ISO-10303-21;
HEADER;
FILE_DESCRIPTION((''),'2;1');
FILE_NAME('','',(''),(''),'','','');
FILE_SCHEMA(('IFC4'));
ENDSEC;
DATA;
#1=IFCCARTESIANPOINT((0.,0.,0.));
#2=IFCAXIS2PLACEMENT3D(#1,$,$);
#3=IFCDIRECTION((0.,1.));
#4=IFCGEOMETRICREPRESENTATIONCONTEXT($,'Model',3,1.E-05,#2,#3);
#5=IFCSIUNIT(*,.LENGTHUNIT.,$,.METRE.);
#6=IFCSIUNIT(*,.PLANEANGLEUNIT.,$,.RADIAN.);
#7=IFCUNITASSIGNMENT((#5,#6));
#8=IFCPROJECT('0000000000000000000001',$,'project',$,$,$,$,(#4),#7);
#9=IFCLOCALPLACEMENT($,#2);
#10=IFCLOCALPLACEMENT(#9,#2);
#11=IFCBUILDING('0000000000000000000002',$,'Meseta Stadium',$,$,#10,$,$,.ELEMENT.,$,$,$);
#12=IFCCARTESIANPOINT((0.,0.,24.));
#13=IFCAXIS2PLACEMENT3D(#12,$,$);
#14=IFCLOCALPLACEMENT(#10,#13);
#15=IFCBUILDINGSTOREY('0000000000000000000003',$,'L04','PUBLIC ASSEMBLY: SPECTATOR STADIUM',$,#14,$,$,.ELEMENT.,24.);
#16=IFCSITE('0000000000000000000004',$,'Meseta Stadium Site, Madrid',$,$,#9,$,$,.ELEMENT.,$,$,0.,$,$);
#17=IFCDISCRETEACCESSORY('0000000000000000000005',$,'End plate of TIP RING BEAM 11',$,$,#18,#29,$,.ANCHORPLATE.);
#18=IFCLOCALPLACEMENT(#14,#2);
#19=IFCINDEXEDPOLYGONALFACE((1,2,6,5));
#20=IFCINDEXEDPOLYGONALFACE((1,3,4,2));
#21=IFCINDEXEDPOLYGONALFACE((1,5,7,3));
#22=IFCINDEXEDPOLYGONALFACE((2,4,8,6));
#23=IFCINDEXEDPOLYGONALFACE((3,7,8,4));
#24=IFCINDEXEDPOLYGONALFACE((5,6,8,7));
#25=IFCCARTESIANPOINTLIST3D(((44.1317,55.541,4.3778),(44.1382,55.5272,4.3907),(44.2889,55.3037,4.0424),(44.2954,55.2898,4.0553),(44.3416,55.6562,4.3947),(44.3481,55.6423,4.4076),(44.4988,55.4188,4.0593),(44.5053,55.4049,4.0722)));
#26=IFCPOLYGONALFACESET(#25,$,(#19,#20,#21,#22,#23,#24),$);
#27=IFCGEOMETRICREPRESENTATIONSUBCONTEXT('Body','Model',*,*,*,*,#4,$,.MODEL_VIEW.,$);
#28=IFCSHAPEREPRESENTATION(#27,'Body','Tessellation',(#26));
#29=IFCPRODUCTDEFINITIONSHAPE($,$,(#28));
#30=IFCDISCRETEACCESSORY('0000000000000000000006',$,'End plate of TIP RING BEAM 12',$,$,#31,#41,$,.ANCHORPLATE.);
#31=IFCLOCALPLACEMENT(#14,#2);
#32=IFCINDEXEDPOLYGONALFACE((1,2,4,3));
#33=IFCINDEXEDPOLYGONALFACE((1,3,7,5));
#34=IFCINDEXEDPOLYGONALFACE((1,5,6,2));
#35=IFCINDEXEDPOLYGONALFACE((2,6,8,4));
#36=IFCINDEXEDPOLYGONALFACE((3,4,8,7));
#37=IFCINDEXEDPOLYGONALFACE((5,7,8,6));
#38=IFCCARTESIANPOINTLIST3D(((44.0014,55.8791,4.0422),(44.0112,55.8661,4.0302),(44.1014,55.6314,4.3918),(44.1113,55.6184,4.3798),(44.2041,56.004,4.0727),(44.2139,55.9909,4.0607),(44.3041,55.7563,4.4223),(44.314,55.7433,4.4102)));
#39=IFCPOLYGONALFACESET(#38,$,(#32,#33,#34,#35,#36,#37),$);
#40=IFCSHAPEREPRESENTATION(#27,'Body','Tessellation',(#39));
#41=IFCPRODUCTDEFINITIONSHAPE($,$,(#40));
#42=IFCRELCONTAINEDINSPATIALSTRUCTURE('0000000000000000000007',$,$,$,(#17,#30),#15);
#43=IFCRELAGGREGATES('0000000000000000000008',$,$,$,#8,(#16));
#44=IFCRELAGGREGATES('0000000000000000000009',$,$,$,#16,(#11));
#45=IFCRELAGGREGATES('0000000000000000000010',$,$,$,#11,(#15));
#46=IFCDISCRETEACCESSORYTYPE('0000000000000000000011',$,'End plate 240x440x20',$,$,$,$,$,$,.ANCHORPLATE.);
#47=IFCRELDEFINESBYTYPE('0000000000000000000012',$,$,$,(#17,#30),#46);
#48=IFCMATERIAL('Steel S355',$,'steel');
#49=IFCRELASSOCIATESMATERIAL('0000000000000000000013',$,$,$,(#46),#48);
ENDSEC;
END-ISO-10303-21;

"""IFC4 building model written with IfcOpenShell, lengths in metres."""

from ifc_helpers import new_model, si_unit, direction, frame, origin, origin_2d, place, context, subcontext, project, spatial, rectangle, extrude, material, material_profile, profile_set, type_object, element, save


model = new_model("IFC4")

# Units and contexts
model_context = context("Model", 3, precision=1e-05, world=origin(), true_north=direction((0.0, 1.0)))
body_context = subcontext(model_context, "Body", "Model", "MODEL_VIEW")
ifc_project = project(units=[si_unit("LENGTHUNIT", "METRE"), si_unit("PLANEANGLEUNIT", "RADIAN")], contexts=[model_context])

# Site, building, storey
site_placement = place(None, origin())
site = spatial("IfcSite", under=ifc_project, at=site_placement, Name="Meseta Stadium Site, Madrid", CompositionType="ELEMENT", RefElevation=0.0)
building_placement = place(site_placement, origin())
building = spatial("IfcBuilding", under=site, at=building_placement, Name="Meseta Stadium", CompositionType="ELEMENT")
storey_placement = place(building_placement, frame((0.0, 0.0, 24.0)))
storey = spatial("IfcBuildingStorey", under=building, at=storey_placement, Name="L04", Description="PUBLIC ASSEMBLY: SPECTATOR STADIUM", CompositionType="ELEMENT", Elevation=24.0)

# Discrete accessories
ifc_material_1 = material(Name="Steel S355", Category="steel")
ifc_material_profile_1 = material_profile(ifc_material_1, rectangle(XDim=0.24, YDim=0.4399, at=origin_2d()), Name="PL 240x440")
ifc_profile_set_1 = profile_set([ifc_material_profile_1], Name="Steel S355")
discrete_accessory_type_1 = type_object("IfcDiscreteAccessoryType", Name="End plate 240x440x20", PredefinedType="ANCHORPLATE", material=ifc_profile_set_1)
discrete_accessory_1_placement = place(storey_placement, frame((44.3218, 55.4661, 4.2314), z_axis=(-0.327737, 0.691888, -0.643335), x_axis=(-0.874589, -0.479728, -0.070388)))
element("IfcDiscreteAccessory", 1, at=discrete_accessory_1_placement, inside=storey, type_object=discrete_accessory_type_1, Name="End plate of TIP RING BEAM 11", PredefinedType="ANCHORPLATE", context=body_context, shape_type="SweptSolid", body=[
    extrude(rectangle(XDim=0.24, YDim=0.4399, at=origin_2d()), origin(), (0.0, 0.0, 1.0), 0.02),
])
discrete_accessory_2_placement = place(storey_placement, frame((44.1626, 55.8047, 4.2202), z_axis=(-0.484715, 0.642247, 0.593776), x_axis=(-0.844614, -0.520119, -0.126903)))
element("IfcDiscreteAccessory", 2, at=discrete_accessory_2_placement, inside=storey, type_object=discrete_accessory_type_1, Name="End plate of TIP RING BEAM 12", PredefinedType="ANCHORPLATE", context=body_context, shape_type="SweptSolid", body=[
    extrude(rectangle(XDim=0.24, YDim=0.4399, at=origin_2d()), origin(), (0.0, 0.0, 1.0), 0.0203),
])

save(model, "model.ifc")
